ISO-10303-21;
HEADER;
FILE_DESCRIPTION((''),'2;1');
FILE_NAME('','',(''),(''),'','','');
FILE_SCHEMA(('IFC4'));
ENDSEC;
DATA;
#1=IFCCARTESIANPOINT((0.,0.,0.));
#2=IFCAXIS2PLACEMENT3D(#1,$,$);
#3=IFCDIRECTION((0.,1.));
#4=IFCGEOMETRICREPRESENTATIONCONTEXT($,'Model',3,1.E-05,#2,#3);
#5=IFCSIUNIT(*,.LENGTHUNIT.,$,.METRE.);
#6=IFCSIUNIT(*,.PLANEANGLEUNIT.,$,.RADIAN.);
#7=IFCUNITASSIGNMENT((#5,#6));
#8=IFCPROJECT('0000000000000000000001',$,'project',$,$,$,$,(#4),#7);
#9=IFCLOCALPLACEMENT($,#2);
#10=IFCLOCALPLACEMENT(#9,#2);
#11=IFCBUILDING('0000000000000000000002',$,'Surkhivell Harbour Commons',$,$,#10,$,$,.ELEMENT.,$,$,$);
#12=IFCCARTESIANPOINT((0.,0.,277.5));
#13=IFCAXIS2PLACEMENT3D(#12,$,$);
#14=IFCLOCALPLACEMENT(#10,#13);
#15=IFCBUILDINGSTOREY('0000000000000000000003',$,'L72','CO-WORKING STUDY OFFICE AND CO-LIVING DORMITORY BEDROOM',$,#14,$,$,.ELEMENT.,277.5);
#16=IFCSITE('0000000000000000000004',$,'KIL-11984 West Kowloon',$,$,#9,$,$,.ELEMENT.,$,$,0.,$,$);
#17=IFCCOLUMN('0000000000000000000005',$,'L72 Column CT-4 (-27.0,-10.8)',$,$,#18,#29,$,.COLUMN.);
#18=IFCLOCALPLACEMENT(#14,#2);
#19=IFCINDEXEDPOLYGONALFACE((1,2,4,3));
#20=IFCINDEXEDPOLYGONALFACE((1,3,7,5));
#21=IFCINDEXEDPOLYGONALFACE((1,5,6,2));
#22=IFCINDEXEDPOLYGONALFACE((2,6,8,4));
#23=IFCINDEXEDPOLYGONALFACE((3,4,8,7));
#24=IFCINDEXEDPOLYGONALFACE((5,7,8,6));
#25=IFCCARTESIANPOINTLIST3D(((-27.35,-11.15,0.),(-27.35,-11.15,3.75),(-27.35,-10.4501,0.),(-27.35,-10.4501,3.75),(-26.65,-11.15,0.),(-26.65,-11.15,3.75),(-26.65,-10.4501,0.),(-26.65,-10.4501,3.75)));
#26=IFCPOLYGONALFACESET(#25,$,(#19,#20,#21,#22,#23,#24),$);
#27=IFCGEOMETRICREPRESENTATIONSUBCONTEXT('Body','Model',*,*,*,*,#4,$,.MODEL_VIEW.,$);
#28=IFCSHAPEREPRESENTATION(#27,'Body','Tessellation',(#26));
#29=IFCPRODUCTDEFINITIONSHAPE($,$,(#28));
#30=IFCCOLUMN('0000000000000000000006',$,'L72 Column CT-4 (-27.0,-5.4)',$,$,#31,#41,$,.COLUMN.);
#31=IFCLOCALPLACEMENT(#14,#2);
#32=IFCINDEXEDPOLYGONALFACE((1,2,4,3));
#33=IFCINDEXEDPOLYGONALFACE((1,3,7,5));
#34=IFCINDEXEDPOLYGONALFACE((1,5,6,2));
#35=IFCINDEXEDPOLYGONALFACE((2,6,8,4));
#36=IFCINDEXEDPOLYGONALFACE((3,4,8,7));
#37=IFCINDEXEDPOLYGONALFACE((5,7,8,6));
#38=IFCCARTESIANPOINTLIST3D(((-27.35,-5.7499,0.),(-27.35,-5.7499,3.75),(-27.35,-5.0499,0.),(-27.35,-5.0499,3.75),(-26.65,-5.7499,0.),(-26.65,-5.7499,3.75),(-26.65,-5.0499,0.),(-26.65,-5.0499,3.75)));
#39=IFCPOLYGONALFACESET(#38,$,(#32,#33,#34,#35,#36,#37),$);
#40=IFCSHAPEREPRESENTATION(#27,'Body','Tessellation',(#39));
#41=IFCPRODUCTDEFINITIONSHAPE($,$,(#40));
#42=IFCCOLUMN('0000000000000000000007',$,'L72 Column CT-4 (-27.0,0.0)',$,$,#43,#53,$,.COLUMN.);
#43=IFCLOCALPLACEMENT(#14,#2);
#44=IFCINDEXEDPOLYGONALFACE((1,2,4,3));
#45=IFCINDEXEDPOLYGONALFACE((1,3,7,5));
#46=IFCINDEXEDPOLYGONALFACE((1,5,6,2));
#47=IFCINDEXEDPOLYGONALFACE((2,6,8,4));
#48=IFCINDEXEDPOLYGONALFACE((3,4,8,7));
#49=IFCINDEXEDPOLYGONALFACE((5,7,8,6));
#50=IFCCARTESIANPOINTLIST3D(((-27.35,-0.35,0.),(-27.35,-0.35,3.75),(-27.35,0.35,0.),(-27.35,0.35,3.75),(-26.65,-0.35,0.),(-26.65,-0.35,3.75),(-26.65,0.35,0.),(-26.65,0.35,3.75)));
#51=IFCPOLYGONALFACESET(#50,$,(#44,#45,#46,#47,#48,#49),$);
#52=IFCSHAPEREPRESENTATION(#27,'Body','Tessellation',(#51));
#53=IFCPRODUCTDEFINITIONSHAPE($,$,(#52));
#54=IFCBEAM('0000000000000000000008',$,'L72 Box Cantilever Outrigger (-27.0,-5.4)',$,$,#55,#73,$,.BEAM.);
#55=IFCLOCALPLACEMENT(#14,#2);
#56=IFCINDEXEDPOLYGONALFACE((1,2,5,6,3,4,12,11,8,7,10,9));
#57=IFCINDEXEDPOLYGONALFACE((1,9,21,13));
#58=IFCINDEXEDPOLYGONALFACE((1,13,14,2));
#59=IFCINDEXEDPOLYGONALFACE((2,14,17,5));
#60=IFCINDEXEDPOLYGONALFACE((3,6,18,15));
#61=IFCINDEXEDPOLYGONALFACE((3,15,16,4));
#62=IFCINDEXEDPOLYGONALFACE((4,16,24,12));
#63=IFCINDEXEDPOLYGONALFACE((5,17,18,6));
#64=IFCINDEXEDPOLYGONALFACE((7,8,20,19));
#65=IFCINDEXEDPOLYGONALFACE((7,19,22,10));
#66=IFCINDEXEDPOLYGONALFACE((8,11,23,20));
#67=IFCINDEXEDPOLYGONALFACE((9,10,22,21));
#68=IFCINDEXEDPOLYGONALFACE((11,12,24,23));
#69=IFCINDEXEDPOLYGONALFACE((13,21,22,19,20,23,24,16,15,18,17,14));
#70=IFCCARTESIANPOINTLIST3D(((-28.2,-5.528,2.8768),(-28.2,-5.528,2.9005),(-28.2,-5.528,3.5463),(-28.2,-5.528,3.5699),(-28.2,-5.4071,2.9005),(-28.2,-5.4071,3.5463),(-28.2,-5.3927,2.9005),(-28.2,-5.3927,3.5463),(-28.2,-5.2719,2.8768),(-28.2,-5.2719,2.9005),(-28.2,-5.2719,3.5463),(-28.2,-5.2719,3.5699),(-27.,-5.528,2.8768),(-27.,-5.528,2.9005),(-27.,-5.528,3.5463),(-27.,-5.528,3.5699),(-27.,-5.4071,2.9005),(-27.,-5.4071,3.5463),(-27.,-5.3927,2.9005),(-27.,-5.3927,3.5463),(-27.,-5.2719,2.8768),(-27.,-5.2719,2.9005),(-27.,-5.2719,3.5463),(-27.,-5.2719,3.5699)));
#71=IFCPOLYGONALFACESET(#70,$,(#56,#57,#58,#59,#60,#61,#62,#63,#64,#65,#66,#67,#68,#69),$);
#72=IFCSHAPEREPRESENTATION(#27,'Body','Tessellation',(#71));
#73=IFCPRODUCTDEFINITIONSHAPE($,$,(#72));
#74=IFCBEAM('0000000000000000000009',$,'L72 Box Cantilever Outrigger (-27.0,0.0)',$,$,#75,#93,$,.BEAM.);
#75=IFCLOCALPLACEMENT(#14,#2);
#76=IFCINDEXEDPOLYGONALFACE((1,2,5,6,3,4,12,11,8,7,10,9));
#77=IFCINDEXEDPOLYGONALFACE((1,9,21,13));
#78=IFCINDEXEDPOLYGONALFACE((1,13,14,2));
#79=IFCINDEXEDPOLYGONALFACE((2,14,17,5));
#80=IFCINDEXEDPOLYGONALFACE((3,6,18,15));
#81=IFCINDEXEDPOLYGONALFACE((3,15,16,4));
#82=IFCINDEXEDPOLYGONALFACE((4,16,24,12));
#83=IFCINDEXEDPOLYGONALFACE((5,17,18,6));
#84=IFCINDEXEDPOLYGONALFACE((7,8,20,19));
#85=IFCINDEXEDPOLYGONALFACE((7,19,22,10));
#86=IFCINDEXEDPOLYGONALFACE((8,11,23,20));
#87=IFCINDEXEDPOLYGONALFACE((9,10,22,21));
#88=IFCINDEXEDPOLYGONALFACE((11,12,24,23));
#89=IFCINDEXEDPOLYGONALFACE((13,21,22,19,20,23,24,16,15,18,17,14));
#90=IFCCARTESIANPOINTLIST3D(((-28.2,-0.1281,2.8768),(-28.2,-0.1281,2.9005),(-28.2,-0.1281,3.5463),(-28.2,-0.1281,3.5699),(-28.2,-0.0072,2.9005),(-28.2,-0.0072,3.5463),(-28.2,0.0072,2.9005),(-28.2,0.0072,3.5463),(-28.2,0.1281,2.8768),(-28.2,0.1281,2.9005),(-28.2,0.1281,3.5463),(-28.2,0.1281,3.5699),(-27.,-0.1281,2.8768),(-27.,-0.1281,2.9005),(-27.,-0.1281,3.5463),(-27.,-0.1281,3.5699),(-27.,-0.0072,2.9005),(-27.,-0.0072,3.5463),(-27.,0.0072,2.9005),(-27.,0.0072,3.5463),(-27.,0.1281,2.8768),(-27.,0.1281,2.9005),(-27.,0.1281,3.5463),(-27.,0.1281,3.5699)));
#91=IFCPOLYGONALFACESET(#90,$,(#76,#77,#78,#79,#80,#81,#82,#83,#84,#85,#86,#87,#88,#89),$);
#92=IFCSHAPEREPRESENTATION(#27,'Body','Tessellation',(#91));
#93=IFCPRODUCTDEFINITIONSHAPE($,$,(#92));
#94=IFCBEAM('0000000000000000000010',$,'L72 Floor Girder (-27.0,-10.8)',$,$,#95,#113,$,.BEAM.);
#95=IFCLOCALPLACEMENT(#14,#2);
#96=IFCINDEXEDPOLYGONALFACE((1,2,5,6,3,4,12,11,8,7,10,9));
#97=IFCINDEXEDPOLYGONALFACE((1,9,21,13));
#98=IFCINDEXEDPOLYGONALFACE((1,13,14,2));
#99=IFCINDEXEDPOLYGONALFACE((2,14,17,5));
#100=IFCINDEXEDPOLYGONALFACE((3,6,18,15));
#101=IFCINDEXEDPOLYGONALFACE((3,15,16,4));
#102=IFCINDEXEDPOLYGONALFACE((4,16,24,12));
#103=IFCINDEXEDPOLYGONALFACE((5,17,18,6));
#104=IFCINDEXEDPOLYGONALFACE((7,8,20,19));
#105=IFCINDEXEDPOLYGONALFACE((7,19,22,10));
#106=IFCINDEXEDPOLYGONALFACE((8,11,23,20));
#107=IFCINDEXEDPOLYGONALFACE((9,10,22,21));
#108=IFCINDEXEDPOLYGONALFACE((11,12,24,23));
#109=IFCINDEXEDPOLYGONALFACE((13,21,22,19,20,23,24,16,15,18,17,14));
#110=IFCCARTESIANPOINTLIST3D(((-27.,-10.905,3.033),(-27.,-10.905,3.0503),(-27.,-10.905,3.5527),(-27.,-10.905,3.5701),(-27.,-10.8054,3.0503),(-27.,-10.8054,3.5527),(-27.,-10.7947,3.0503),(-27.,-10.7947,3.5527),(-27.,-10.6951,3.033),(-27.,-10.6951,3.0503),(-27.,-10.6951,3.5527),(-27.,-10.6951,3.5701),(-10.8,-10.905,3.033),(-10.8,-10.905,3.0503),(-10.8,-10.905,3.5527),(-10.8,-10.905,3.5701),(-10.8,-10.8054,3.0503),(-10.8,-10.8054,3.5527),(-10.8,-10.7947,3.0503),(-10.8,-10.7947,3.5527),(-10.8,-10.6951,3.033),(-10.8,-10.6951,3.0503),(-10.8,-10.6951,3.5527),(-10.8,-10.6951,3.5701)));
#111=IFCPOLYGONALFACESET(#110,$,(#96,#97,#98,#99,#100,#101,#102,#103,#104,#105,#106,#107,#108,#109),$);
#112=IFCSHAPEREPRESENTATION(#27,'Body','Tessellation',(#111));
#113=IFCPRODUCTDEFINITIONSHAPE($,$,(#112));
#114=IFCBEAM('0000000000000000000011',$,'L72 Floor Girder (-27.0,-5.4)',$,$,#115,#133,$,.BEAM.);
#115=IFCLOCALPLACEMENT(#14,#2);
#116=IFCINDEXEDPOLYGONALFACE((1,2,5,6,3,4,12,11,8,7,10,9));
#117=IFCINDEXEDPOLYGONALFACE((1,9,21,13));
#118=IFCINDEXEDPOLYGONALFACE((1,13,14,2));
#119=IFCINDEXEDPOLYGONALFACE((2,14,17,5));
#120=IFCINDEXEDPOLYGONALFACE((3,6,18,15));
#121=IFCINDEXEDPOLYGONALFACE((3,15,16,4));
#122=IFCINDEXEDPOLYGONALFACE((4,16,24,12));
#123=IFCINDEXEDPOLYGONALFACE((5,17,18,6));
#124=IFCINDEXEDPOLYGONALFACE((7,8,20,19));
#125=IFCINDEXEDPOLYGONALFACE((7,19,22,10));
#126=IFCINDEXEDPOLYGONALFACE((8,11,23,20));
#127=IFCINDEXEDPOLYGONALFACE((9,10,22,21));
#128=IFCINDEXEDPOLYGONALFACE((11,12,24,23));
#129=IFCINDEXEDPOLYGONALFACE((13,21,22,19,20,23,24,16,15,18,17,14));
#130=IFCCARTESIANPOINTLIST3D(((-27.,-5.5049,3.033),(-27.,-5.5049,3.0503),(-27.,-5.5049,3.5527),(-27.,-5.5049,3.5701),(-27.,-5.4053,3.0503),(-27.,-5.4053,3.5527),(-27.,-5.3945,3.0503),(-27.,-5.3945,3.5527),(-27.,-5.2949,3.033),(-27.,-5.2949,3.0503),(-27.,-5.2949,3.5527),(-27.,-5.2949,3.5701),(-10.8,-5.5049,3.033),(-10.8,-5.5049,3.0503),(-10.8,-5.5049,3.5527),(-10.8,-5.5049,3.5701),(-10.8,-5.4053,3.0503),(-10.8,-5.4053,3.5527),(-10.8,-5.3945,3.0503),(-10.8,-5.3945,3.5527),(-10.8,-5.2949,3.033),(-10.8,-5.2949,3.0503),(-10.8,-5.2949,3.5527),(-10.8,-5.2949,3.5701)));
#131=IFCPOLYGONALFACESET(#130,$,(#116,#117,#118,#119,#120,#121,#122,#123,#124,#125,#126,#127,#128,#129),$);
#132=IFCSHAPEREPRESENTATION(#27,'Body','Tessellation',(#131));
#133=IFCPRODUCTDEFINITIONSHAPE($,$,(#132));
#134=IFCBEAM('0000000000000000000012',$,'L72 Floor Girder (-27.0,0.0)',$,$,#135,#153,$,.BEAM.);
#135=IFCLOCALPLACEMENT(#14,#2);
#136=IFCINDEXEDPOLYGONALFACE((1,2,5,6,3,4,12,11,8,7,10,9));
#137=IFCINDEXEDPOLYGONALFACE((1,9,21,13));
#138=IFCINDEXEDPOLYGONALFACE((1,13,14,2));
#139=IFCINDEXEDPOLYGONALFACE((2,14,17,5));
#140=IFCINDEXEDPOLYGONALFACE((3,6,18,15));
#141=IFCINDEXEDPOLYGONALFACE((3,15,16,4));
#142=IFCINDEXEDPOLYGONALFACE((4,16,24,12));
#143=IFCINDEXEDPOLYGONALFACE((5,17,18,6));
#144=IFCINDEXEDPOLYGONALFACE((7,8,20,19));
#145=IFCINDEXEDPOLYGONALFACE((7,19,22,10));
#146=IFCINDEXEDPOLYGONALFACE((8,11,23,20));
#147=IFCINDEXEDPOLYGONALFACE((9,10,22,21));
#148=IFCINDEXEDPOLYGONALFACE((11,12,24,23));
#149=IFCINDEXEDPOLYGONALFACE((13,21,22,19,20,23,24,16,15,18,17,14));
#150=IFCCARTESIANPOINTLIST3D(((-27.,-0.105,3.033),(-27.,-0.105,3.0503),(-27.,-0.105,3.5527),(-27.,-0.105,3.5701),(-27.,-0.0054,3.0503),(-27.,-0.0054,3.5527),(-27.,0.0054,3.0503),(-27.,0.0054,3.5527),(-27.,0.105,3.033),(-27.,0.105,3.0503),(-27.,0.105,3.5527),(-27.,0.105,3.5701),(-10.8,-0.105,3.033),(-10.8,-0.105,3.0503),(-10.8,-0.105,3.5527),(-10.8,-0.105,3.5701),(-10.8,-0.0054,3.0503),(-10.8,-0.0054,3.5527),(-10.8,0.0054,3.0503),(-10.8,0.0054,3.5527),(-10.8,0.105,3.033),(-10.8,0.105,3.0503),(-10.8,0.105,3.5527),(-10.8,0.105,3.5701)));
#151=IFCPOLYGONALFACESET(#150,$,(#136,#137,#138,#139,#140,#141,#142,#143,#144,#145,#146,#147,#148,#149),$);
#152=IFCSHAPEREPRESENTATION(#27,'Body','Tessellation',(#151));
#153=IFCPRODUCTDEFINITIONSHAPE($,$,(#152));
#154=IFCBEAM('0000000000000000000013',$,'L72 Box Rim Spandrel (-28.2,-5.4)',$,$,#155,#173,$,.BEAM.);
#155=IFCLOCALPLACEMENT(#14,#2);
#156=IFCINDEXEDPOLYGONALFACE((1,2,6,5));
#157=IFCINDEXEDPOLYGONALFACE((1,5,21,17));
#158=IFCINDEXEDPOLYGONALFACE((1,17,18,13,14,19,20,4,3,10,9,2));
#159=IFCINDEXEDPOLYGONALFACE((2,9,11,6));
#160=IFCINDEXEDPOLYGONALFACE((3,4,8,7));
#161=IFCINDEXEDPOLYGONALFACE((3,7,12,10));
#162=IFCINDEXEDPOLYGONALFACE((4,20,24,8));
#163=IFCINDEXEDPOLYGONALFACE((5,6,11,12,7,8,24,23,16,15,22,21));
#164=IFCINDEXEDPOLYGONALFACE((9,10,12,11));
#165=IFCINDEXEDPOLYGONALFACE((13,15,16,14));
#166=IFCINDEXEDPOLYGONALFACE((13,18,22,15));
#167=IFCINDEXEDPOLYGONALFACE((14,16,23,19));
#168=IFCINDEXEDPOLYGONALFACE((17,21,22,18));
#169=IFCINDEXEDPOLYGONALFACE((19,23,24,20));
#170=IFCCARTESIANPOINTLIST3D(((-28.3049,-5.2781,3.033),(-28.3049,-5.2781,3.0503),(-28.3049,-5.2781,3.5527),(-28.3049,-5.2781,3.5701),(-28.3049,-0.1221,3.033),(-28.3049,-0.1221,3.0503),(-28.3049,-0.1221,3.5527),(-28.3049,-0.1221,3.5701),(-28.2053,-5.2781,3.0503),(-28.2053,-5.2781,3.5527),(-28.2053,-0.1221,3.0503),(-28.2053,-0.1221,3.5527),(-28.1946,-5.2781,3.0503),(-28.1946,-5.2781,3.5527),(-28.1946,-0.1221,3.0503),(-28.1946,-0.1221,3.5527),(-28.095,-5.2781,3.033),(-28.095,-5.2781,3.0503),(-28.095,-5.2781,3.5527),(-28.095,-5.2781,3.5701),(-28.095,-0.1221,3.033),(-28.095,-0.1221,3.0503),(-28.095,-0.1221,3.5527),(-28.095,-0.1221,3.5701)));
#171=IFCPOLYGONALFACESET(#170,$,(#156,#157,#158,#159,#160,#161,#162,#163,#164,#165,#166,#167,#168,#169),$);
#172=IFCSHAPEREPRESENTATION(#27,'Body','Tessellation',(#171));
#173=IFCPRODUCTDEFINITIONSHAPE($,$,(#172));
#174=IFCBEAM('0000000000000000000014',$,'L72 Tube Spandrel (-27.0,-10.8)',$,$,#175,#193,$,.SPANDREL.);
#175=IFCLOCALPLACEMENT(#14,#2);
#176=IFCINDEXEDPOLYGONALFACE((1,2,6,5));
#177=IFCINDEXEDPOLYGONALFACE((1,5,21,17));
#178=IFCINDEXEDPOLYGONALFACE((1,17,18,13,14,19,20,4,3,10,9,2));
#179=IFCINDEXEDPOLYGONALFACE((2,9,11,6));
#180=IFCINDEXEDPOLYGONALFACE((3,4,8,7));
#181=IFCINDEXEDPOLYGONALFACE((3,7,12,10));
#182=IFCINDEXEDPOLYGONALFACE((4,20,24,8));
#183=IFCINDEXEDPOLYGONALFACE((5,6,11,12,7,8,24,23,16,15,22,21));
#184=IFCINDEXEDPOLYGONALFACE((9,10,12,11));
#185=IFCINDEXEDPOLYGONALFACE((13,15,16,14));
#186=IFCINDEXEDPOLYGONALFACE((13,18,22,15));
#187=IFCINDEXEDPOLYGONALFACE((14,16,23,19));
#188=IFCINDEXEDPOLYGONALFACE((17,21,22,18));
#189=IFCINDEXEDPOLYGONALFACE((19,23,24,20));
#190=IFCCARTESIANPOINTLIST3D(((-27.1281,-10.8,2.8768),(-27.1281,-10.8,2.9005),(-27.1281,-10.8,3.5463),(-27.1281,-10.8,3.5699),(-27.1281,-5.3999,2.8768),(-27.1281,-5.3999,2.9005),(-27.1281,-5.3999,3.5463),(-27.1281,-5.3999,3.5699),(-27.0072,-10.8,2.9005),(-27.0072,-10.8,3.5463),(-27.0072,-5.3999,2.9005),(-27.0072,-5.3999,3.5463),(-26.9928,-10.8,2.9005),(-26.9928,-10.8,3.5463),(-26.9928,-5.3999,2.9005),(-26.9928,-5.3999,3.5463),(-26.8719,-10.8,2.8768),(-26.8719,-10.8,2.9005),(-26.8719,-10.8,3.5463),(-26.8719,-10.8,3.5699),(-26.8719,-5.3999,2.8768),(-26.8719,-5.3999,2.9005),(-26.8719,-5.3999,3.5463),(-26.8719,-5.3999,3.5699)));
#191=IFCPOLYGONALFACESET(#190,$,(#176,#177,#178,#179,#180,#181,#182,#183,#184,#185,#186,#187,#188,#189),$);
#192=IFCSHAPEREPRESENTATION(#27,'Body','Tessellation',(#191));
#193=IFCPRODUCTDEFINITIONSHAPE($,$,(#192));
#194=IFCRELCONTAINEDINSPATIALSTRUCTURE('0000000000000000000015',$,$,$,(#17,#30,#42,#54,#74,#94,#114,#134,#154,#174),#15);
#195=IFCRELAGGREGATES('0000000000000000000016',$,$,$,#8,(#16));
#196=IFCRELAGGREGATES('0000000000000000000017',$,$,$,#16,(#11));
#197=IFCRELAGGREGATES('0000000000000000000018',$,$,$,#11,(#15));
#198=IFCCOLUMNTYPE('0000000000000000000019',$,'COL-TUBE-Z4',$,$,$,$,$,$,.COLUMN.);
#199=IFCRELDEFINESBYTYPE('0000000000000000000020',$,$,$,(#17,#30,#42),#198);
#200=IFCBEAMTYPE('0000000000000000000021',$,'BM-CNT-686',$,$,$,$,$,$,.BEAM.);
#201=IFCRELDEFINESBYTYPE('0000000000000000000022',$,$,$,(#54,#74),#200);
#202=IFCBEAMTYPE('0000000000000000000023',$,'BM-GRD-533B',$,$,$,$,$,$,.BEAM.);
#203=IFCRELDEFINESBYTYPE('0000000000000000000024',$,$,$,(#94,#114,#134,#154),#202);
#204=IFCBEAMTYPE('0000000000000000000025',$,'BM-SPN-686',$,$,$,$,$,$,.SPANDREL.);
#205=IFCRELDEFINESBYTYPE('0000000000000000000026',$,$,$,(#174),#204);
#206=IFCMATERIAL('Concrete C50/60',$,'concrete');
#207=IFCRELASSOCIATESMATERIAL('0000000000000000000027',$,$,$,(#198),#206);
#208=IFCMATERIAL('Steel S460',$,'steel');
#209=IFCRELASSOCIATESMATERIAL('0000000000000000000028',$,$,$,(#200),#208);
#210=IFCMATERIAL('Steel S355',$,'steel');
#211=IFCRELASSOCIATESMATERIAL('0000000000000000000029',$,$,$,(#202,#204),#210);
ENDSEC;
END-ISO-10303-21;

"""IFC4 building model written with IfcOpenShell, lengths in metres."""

from ifc_helpers import new_model, si_unit, direction, frame, origin, origin_2d, place, context, subcontext, project, spatial, rectangle, i_section, extrude, material, material_profile, profile_set, type_object, element, save


model = new_model("IFC4")

# Units and contexts
model_context = context("Model", 3, precision=1e-05, world=origin(), true_north=direction((0.0, 1.0)))
body_context = subcontext(model_context, "Body", "Model", "MODEL_VIEW")
ifc_project = project(units=[si_unit("LENGTHUNIT", "METRE"), si_unit("PLANEANGLEUNIT", "RADIAN")], contexts=[model_context])

# Site, building, storey
site_placement = place(None, origin())
site = spatial("IfcSite", under=ifc_project, at=site_placement, Name="KIL-11984 West Kowloon", CompositionType="ELEMENT", RefElevation=0.0)
building_placement = place(site_placement, origin())
building = spatial("IfcBuilding", under=site, at=building_placement, Name="Surkhivell Harbour Commons", CompositionType="ELEMENT")
storey_placement = place(building_placement, frame((0.0, 0.0, 277.5)))
storey = spatial("IfcBuildingStorey", under=building, at=storey_placement, Name="L72", Description="CO-WORKING STUDY OFFICE AND CO-LIVING DORMITORY BEDROOM", CompositionType="ELEMENT", Elevation=277.5)

# Columns
ifc_material_1 = material(Name="Concrete C50/60", Category="concrete")
ifc_material_profile_1 = material_profile(ifc_material_1, rectangle(XDim=0.7, YDim=0.7, at=origin_2d()), Name="RC-COL-700x700")
ifc_profile_set_1 = profile_set([ifc_material_profile_1], Name="Concrete C50/60")
column_type = type_object("IfcColumnType", Name="COL-TUBE-Z4", PredefinedType="COLUMN", material=ifc_profile_set_1)
for number, where, z_axis, x_axis, name in (
    (1, (-27.0, -10.8, 0.0), (0.0, 0.0, 1.0), (1.0, 0.0, 0.0), "L72 Column CT-4 (-27.0,-10.8)"),
    (2, (-27.0, -5.3999, 0.0), (0.0, 0.0, 1.0), (1.0, 0.0, 0.0), "L72 Column CT-4 (-27.0,-5.4)"),
    (3, (-27.0, 0.0, 0.0), (0.0, 0.0, 1.0), (1.0, 0.0, 0.0), "L72 Column CT-4 (-27.0,0.0)"),
):
    element("IfcColumn", number, at=place(storey_placement, frame(where, z_axis=z_axis, x_axis=x_axis)), inside=storey, type_object=column_type, Name=name, PredefinedType="COLUMN", context=body_context, shape_type="SweptSolid", body=[
        extrude(rectangle(XDim=0.7, YDim=0.7, at=origin_2d()), origin(), (0.0, 0.0, 1.0), 3.75),
    ])

# Beams
ifc_material_2 = material(Name="Steel S460", Category="steel")
ifc_material_profile_2 = material_profile(ifc_material_2, i_section(OverallWidth=0.2561, OverallDepth=0.6931, WebThickness=0.0144, FlangeThickness=0.0237, at=origin_2d()), Name="UB686x254x170")
ifc_profile_set_2 = profile_set([ifc_material_profile_2], Name="Steel S460")
beam_type_1 = type_object("IfcBeamType", Name="BM-CNT-686", PredefinedType="BEAM", material=ifc_profile_set_2)
for number, where, z_axis, x_axis, name in (
    (4, (-27.0, -5.3999, 3.2234), (-1.0, 0.0, 0.0), (0.0, -1.0, 0.0), "L72 Box Cantilever Outrigger (-27.0,-5.4)"),
    (5, (-27.0, 0.0, 3.2234), (-1.0, 0.0, 0.0), (0.0, -1.0, 0.0), "L72 Box Cantilever Outrigger (-27.0,0.0)"),
):
    element("IfcBeam", number, at=place(storey_placement, frame(where, z_axis=z_axis, x_axis=x_axis)), inside=storey, type_object=beam_type_1, Name=name, PredefinedType="BEAM", context=body_context, shape_type="SweptSolid", body=[
        extrude(i_section(OverallWidth=0.2561, OverallDepth=0.6931, WebThickness=0.0144, FlangeThickness=0.0237, at=origin_2d()), origin(), (0.0, 0.0, 1.0), 1.2),
    ])
ifc_material_3 = material(Name="Steel S355", Category="steel")
ifc_material_profile_3 = material_profile(ifc_material_3, i_section(OverallWidth=0.21, OverallDepth=0.5371, WebThickness=0.0107, FlangeThickness=0.0173, at=origin_2d()), Name="UB533x210x101")
ifc_profile_set_3 = profile_set([ifc_material_profile_3], Name="Steel S355")
beam_type_2 = type_object("IfcBeamType", Name="BM-GRD-533B", PredefinedType="BEAM", material=ifc_profile_set_3)
for number, where, z_axis, x_axis, name in (
    (6, (-27.0, -10.8, 3.3015), (1.0, 0.0, 0.0), (0.0, 1.0, 0.0), "L72 Floor Girder (-27.0,-10.8)"),
    (7, (-27.0, -5.3999, 3.3015), (1.0, 0.0, 0.0), (0.0, 1.0, 0.0), "L72 Floor Girder (-27.0,-5.4)"),
    (8, (-27.0, 0.0, 3.3015), (1.0, 0.0, 0.0), (0.0, 1.0, 0.0), "L72 Floor Girder (-27.0,0.0)"),
):
    element("IfcBeam", number, at=place(storey_placement, frame(where, z_axis=z_axis, x_axis=x_axis)), inside=storey, type_object=beam_type_2, Name=name, PredefinedType="BEAM", context=body_context, shape_type="SweptSolid", body=[
        extrude(i_section(OverallWidth=0.21, OverallDepth=0.5371, WebThickness=0.0107, FlangeThickness=0.0173, at=origin_2d()), origin(), (0.0, 0.0, 1.0), 16.2),
    ])
beam_1_placement = place(storey_placement, frame((-28.2, -5.2781, 3.3015), z_axis=(0.0, 1.0, 0.0), x_axis=(-1.0, 0.0, 0.0)))
element("IfcBeam", 9, at=beam_1_placement, inside=storey, type_object=beam_type_2, Name="L72 Box Rim Spandrel (-28.2,-5.4)", PredefinedType="BEAM", context=body_context, shape_type="SweptSolid", body=[
    extrude(i_section(OverallWidth=0.21, OverallDepth=0.5371, WebThickness=0.0107, FlangeThickness=0.0173, at=origin_2d()), origin(), (0.0, 0.0, 1.0), 5.156),
])
ifc_material_profile_4 = material_profile(ifc_material_3, i_section(OverallWidth=0.2561, OverallDepth=0.6931, WebThickness=0.0144, FlangeThickness=0.0237, at=origin_2d()), Name="UB686x254x170")
ifc_profile_set_4 = profile_set([ifc_material_profile_4], Name="Steel S355")
beam_type_3 = type_object("IfcBeamType", Name="BM-SPN-686", PredefinedType="SPANDREL", material=ifc_profile_set_4)
beam_2_placement = place(storey_placement, frame((-27.0, -10.8, 3.2234), z_axis=(0.0, 1.0, 0.0), x_axis=(-1.0, 0.0, 0.0)))
element("IfcBeam", 10, at=beam_2_placement, inside=storey, type_object=beam_type_3, Name="L72 Tube Spandrel (-27.0,-10.8)", PredefinedType="SPANDREL", context=body_context, shape_type="SweptSolid", body=[
    extrude(i_section(OverallWidth=0.2561, OverallDepth=0.6931, WebThickness=0.0144, FlangeThickness=0.0237, at=origin_2d()), origin(), (0.0, 0.0, 1.0), 5.4001),
])

save(model, "model.ifc")
